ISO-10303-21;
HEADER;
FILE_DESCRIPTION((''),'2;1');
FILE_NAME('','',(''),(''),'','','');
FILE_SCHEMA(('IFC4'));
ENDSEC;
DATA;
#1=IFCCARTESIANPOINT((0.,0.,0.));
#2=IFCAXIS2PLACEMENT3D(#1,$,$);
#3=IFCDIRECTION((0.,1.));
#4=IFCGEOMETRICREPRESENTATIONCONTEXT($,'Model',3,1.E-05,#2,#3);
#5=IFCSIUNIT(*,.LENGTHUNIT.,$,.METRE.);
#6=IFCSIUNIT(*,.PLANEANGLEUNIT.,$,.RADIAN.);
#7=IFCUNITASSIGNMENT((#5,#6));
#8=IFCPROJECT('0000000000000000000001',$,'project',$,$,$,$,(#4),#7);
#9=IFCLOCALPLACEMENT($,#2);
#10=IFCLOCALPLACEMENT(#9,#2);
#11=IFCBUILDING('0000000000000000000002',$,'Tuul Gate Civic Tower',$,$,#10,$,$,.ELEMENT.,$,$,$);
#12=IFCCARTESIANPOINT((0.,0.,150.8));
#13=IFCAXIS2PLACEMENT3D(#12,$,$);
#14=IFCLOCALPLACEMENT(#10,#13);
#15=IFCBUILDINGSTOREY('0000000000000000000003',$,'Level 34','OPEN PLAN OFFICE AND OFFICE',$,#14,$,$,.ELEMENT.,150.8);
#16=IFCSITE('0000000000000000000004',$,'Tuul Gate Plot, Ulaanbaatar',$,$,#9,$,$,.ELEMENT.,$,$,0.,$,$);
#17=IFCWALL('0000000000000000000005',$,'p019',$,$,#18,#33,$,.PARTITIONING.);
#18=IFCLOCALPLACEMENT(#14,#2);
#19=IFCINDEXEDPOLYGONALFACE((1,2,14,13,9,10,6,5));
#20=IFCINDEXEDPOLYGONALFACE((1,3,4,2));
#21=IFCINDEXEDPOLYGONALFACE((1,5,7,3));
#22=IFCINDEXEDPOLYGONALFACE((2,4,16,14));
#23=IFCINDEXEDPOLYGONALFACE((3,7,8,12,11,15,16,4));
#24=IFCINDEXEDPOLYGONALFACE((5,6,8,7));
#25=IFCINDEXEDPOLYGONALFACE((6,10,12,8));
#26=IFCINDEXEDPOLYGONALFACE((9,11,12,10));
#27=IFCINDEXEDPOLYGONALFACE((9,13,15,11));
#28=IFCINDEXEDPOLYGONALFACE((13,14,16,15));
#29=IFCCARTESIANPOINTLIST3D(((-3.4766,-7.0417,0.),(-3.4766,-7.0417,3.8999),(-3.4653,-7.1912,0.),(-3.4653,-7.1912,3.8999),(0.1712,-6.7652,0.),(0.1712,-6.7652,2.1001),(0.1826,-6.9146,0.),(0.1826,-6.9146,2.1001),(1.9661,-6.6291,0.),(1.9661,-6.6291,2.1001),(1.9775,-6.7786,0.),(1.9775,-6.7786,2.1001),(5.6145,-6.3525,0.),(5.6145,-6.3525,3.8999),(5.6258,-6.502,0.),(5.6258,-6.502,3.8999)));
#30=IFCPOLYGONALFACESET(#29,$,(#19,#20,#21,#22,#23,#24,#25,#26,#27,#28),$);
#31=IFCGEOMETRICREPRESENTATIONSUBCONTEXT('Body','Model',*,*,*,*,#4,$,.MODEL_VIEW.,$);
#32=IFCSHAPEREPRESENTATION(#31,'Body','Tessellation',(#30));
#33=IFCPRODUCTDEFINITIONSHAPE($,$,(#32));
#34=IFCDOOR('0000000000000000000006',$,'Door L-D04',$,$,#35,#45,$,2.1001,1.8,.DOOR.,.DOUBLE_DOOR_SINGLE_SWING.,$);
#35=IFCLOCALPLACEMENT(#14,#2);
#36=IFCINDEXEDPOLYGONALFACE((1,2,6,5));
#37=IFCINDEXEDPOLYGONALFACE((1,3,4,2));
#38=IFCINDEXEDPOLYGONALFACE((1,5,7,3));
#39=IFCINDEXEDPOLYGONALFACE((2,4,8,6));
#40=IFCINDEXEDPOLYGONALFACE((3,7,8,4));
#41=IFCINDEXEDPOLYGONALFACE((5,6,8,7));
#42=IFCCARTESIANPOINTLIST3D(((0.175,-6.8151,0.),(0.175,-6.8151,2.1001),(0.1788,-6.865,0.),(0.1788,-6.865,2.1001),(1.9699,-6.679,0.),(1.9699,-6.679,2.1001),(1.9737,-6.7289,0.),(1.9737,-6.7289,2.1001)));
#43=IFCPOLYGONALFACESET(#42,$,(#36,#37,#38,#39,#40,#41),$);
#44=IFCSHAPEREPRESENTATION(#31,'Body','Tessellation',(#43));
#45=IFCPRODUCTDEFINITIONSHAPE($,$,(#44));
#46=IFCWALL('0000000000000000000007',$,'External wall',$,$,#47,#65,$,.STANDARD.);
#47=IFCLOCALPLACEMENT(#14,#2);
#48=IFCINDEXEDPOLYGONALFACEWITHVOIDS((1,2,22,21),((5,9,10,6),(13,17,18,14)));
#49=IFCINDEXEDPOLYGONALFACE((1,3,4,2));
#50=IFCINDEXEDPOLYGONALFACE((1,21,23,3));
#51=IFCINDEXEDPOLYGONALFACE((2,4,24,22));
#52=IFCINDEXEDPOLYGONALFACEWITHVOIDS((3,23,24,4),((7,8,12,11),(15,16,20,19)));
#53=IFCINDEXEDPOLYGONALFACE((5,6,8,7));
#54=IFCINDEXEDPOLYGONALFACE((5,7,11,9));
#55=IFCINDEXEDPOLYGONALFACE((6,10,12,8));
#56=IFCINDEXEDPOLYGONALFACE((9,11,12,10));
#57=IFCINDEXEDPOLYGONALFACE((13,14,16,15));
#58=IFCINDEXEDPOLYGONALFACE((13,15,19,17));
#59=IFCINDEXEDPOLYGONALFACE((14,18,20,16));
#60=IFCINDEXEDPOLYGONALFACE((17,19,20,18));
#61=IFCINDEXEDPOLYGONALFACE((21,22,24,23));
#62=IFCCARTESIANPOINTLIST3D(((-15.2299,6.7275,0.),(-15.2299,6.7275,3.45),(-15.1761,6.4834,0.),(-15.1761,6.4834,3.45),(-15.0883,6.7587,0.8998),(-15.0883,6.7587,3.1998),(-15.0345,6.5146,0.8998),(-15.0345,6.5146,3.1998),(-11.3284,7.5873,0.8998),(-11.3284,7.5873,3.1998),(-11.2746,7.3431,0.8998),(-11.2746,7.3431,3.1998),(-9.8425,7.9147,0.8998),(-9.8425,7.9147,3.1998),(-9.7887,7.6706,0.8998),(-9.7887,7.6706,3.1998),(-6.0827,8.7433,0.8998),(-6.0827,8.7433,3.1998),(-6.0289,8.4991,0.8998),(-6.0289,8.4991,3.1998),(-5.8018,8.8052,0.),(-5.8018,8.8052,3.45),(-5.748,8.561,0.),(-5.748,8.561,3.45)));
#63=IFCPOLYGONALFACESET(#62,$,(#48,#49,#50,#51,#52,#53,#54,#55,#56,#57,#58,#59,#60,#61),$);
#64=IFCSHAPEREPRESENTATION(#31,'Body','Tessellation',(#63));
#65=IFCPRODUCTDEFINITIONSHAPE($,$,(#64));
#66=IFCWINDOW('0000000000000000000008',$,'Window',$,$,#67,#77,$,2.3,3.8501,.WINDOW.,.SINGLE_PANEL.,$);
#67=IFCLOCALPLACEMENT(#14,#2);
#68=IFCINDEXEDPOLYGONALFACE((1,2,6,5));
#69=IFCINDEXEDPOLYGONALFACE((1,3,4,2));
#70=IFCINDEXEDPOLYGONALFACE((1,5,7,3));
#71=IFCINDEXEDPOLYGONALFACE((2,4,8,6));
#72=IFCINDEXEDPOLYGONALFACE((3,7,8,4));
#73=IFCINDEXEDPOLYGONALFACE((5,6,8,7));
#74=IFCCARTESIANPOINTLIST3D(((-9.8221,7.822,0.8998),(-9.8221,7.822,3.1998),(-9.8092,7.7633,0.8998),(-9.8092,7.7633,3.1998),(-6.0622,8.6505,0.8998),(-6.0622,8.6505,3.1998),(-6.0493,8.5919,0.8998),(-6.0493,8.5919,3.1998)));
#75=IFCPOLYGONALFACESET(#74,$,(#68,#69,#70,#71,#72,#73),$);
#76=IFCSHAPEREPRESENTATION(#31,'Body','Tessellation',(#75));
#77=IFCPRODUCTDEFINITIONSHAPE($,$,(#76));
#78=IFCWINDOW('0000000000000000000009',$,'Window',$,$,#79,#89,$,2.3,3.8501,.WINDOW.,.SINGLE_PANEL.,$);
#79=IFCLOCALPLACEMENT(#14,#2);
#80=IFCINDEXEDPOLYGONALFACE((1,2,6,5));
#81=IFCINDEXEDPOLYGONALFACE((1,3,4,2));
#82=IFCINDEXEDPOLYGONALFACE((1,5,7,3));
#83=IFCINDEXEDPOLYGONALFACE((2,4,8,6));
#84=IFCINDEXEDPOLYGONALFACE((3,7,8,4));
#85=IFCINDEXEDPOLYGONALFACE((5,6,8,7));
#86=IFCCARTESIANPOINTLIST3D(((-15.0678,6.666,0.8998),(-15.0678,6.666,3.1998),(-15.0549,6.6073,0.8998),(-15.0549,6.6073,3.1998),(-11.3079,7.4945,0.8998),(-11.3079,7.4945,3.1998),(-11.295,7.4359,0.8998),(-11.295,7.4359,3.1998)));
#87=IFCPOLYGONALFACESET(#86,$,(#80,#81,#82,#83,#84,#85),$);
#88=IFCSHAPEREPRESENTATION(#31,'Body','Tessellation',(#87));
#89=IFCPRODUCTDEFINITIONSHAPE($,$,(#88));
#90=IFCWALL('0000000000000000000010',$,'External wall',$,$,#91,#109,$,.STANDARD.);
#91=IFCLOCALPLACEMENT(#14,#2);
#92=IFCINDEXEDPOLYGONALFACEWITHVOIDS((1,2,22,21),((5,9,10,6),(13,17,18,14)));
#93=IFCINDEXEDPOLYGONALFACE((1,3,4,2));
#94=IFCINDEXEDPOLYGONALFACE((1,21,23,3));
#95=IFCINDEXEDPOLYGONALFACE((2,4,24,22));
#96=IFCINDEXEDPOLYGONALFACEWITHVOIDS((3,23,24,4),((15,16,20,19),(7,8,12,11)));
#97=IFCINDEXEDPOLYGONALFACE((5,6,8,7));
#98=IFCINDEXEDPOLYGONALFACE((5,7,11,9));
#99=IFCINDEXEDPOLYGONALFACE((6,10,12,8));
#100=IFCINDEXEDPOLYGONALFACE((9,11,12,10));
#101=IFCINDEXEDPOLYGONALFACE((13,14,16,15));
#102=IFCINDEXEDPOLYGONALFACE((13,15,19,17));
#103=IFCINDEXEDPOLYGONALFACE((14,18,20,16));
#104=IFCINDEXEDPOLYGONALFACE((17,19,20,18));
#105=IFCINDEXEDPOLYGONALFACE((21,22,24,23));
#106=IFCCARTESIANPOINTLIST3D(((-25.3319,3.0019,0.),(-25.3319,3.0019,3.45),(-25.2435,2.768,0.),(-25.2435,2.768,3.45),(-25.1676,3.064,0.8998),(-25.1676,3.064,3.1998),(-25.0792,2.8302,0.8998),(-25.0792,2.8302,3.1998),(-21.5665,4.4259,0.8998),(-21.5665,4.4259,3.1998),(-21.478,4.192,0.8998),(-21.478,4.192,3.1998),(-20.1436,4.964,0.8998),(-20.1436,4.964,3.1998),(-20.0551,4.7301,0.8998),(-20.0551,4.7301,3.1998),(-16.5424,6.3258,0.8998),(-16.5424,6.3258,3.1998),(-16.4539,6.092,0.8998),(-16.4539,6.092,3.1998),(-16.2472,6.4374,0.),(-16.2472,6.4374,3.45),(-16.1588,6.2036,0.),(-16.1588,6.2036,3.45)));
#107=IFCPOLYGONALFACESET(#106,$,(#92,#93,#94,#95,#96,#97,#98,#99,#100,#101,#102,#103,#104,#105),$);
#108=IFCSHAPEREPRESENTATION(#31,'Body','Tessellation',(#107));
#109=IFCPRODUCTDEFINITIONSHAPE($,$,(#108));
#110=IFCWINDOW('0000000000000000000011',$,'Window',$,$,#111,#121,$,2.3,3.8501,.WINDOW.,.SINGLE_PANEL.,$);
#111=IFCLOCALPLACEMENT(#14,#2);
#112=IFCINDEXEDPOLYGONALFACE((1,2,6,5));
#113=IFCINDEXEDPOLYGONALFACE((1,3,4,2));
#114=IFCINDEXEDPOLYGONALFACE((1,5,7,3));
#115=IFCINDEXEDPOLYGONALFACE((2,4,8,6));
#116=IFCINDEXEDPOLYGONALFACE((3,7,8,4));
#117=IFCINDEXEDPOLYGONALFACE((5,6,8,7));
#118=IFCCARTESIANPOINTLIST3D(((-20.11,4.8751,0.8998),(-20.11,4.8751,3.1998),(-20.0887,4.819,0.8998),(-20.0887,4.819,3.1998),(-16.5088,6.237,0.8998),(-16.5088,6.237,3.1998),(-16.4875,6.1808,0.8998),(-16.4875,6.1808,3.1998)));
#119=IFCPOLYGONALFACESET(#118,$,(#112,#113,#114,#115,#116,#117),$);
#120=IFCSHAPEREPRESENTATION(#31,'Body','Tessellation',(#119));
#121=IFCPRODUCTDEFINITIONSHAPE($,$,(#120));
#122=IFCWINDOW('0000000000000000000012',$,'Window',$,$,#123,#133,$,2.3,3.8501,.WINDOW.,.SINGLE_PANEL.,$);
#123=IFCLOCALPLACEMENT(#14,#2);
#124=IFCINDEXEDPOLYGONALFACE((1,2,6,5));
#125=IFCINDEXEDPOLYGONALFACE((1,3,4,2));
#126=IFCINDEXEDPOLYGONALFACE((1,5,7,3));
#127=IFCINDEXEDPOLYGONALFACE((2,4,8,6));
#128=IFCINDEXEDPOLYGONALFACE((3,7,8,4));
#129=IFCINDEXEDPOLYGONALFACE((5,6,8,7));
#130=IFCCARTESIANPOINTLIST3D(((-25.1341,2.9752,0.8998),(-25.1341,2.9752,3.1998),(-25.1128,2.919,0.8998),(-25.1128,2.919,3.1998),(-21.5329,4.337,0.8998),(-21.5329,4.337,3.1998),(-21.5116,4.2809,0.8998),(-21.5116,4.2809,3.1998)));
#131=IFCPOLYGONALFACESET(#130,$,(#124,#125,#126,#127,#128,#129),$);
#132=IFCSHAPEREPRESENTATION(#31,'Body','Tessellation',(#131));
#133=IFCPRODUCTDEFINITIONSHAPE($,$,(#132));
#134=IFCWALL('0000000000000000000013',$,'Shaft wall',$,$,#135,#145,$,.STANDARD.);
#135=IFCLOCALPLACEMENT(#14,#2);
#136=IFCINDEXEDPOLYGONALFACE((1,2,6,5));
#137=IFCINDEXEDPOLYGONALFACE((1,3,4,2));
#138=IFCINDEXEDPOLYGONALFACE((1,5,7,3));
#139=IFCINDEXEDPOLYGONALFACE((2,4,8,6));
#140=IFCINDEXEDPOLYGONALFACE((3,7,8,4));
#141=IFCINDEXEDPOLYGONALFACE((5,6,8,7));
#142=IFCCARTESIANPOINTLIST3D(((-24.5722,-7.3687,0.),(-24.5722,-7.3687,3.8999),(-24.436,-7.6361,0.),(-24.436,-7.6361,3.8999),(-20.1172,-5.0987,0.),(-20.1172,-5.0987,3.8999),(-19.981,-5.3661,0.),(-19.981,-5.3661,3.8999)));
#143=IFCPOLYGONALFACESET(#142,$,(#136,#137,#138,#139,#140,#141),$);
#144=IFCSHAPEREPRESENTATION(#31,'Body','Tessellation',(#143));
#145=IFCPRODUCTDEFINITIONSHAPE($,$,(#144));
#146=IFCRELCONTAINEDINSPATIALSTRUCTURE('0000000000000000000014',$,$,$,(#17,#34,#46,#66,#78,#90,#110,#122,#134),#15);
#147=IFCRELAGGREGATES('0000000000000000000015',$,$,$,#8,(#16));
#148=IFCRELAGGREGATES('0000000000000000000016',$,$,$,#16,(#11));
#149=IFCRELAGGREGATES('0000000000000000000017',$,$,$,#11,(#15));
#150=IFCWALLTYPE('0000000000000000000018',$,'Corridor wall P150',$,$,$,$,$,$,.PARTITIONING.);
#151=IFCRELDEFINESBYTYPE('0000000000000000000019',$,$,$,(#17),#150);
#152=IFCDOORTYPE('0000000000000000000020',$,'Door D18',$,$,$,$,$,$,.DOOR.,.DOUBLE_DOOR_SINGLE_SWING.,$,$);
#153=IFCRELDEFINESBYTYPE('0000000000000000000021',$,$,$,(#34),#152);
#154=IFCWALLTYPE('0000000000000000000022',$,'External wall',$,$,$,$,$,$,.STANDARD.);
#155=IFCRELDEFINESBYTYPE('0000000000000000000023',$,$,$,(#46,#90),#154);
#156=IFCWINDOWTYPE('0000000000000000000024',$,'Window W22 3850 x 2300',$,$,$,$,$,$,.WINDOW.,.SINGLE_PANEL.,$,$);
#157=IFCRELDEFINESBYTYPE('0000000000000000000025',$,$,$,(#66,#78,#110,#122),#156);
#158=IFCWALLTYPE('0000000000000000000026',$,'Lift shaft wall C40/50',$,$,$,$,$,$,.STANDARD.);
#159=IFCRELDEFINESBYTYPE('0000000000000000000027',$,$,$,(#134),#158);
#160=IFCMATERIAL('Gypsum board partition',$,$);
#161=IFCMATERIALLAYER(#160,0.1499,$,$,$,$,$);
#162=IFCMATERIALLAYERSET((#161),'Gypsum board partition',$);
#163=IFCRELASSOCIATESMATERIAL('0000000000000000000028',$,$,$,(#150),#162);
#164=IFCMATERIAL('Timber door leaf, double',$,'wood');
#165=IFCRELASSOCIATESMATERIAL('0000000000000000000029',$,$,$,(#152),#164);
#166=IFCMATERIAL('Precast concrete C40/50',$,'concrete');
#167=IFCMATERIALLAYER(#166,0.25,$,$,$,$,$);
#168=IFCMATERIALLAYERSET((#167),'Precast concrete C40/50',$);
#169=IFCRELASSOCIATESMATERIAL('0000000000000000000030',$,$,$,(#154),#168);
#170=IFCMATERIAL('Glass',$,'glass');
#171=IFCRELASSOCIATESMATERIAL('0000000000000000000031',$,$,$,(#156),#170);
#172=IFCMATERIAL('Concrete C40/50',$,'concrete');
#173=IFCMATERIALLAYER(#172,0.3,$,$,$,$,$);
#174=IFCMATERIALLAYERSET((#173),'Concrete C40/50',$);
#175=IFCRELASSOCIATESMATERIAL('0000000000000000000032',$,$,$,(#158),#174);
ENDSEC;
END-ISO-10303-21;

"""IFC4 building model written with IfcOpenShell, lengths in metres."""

from ifc_helpers import new_model, si_unit, direction, frame, frame_2d, origin, place, context, subcontext, project, spatial, rectangle, extrude, material, layer, layer_set, type_object, element, fill, save


model = new_model("IFC4")

# Units and contexts
model_context = context("Model", 3, precision=1e-05, world=origin(), true_north=direction((0.0, 1.0)))
body_context = subcontext(model_context, "Body", "Model", "MODEL_VIEW")
ifc_project = project(units=[si_unit("LENGTHUNIT", "METRE"), si_unit("PLANEANGLEUNIT", "RADIAN")], contexts=[model_context])

# Site, building, storey
site_placement = place(None, origin())
site = spatial("IfcSite", under=ifc_project, at=site_placement, Name="Tuul Gate Plot, Ulaanbaatar", CompositionType="ELEMENT", RefElevation=0.0)
building_placement = place(site_placement, origin())
building = spatial("IfcBuilding", under=site, at=building_placement, Name="Tuul Gate Civic Tower", CompositionType="ELEMENT")
storey_placement = place(building_placement, frame((0.0, 0.0, 150.8)))
storey = spatial("IfcBuildingStorey", under=building, at=storey_placement, Name="Level 34", Description="OPEN PLAN OFFICE AND OFFICE", CompositionType="ELEMENT", Elevation=150.8)

# Wall, opening, door
ifc_material_1 = material(Name="Gypsum board partition")
ifc_layer_1 = layer(ifc_material_1, 0.1499)
ifc_layer_set_1 = layer_set([ifc_layer_1], Name="Gypsum board partition")
wall_type_1 = type_object("IfcWallType", Name="Corridor wall P150", PredefinedType="PARTITIONING", material=ifc_layer_set_1)
wall_1_placement = place(storey_placement, frame((-3.4709, -7.1165, 0.0), z_axis=(0.0, 0.0, 1.0), x_axis=(0.997139, 0.075595, 0.0)))
wall_1 = element("IfcWall", 1, at=wall_1_placement, inside=storey, type_object=wall_type_1, Name="p019", PredefinedType="PARTITIONING", context=body_context, shape_type="SweptSolid", body=[
    extrude(rectangle(XDim=9.1172, YDim=0.1499, at=frame_2d((4.5586, 0.0))), origin(), (0.0, 0.0, 1.0), 3.8999),
])
opening_1_placement = place(wall_1_placement, frame((3.6584, 0.0, 0.0)))
opening_1 = element("IfcOpeningElement", 2, at=opening_1_placement, cuts=wall_1, PredefinedType="OPENING", context=body_context, shape_type="SweptSolid", body=[
    extrude(rectangle(XDim=1.8, YDim=2.1001, at=frame_2d((0.8999, 1.05))), frame((0.0, 0.085, 0.0), z_axis=(0.0, -1.0, 0.0), x_axis=(1.0, 0.0, 0.0)), (0.0, 0.0, 1.0), 0.1699),
])
ifc_material_2 = material(Name="Timber door leaf, double", Category="wood")
door_type_1 = type_object("IfcDoorType", Name="Door D18", OperationType="DOUBLE_DOOR_SINGLE_SWING", PredefinedType="DOOR", material=ifc_material_2)
door_1_placement = place(opening_1_placement, origin())
door_1 = element("IfcDoor", 3, at=door_1_placement, inside=storey, type_object=door_type_1, Name="Door L-D04", OperationType="DOUBLE_DOOR_SINGLE_SWING", OverallHeight=2.1001, OverallWidth=1.8, PredefinedType="DOOR", context=body_context, shape_type="SweptSolid", body=[
    extrude(rectangle(XDim=1.8, YDim=2.1001, at=frame_2d((0.8999, 1.05))), frame((0.0, 0.0249, 0.0), z_axis=(0.0, -1.0, 0.0), x_axis=(1.0, 0.0, 0.0)), (0.0, 0.0, 1.0), 0.05),
])
fill(opening_1, door_1)

# Walls, openings, windows
ifc_material_3 = material(Name="Precast concrete C40/50", Category="concrete")
ifc_layer_2 = layer(ifc_material_3, 0.25)
ifc_layer_set_2 = layer_set([ifc_layer_2], Name="Precast concrete C40/50")
wall_type_2 = type_object("IfcWallType", Name="External wall", PredefinedType="STANDARD", material=ifc_layer_set_2)
wall_2_placement = place(storey_placement, frame((-5.7749, 8.6831, 0.0), z_axis=(0.0, 0.0, 1.0), x_axis=(-0.976569, -0.215206, 0.0)))
wall_2 = element("IfcWall", 4, at=wall_2_placement, inside=storey, type_object=wall_type_2, Name="External wall", PredefinedType="STANDARD", context=body_context, shape_type="SweptSolid", body=[
    extrude(rectangle(XDim=9.6543, YDim=0.25, at=frame_2d((4.8271, 0.0))), origin(), (0.0, 0.0, 1.0), 3.45),
])
opening_2_placement = place(wall_2_placement, frame((0.2876, 0.0, 0.8999)))
opening_2 = element("IfcOpeningElement", 5, at=opening_2_placement, cuts=wall_2, PredefinedType="OPENING", context=body_context, shape_type="SweptSolid", body=[
    extrude(rectangle(XDim=3.8501, YDim=2.3, at=frame_2d((1.925, 1.1499))), frame((0.0, 0.135, 0.0), z_axis=(0.0, -1.0, 0.0), x_axis=(1.0, 0.0, 0.0)), (0.0, 0.0, 1.0), 0.27),
])
opening_3_placement = place(wall_2_placement, frame((5.6592, 0.0, 0.8999)))
opening_3 = element("IfcOpeningElement", 6, at=opening_3_placement, cuts=wall_2, PredefinedType="OPENING", context=body_context, shape_type="SweptSolid", body=[
    extrude(rectangle(XDim=3.8501, YDim=2.3, at=frame_2d((1.925, 1.1499))), frame((0.0, 0.135, 0.0), z_axis=(0.0, -1.0, 0.0), x_axis=(1.0, 0.0, 0.0)), (0.0, 0.0, 1.0), 0.27),
])
ifc_material_4 = material(Name="Glass", Category="glass")
window_type = type_object("IfcWindowType", Name="Window W22 3850 x 2300", PartitioningType="SINGLE_PANEL", PredefinedType="WINDOW", material=ifc_material_4)
window_1_placement = place(opening_2_placement, origin())
window_1 = element("IfcWindow", 7, at=window_1_placement, inside=storey, type_object=window_type, Name="Window", OverallHeight=2.3, OverallWidth=3.8501, PartitioningType="SINGLE_PANEL", PredefinedType="WINDOW", context=body_context, shape_type="SweptSolid", body=[
    extrude(rectangle(XDim=3.8501, YDim=2.3, at=frame_2d((1.925, 1.1499))), frame((0.0, 0.03, 0.0), z_axis=(0.0, -1.0, 0.0), x_axis=(1.0, 0.0, 0.0)), (0.0, 0.0, 1.0), 0.0601),
])
fill(opening_2, window_1)
window_2_placement = place(opening_3_placement, origin())
window_2 = element("IfcWindow", 8, at=window_2_placement, inside=storey, type_object=window_type, Name="Window", OverallHeight=2.3, OverallWidth=3.8501, PartitioningType="SINGLE_PANEL", PredefinedType="WINDOW", context=body_context, shape_type="SweptSolid", body=[
    extrude(rectangle(XDim=3.8501, YDim=2.3, at=frame_2d((1.925, 1.1499))), frame((0.0, 0.03, 0.0), z_axis=(0.0, -1.0, 0.0), x_axis=(1.0, 0.0, 0.0)), (0.0, 0.0, 1.0), 0.0601),
])
fill(opening_3, window_2)
wall_3_placement = place(storey_placement, frame((-16.2029, 6.3206, 0.0), z_axis=(0.0, 0.0, 1.0), x_axis=(-0.935351, -0.35372, 0.0)))
wall_3 = element("IfcWall", 9, at=wall_3_placement, inside=storey, type_object=wall_type_2, Name="External wall", PredefinedType="STANDARD", context=body_context, shape_type="SweptSolid", body=[
    extrude(rectangle(XDim=9.7126, YDim=0.25, at=frame_2d((4.8564, 0.0))), origin(), (0.0, 0.0, 1.0), 3.45),
])
opening_4_placement = place(wall_3_placement, frame((0.3157, 0.0, 0.8999)))
opening_4 = element("IfcOpeningElement", 10, at=opening_4_placement, cuts=wall_3, PredefinedType="OPENING", context=body_context, shape_type="SweptSolid", body=[
    extrude(rectangle(XDim=3.8501, YDim=2.3, at=frame_2d((1.925, 1.1499))), frame((0.0, 0.135, 0.0), z_axis=(0.0, -1.0, 0.0), x_axis=(1.0, 0.0, 0.0)), (0.0, 0.0, 1.0), 0.27),
])
opening_5_placement = place(wall_3_placement, frame((5.687, 0.0, 0.8999)))
opening_5 = element("IfcOpeningElement", 11, at=opening_5_placement, cuts=wall_3, PredefinedType="OPENING", context=body_context, shape_type="SweptSolid", body=[
    extrude(rectangle(XDim=3.8501, YDim=2.3, at=frame_2d((1.925, 1.1499))), frame((0.0, 0.135, 0.0), z_axis=(0.0, -1.0, 0.0), x_axis=(1.0, 0.0, 0.0)), (0.0, 0.0, 1.0), 0.27),
])
window_3_placement = place(opening_4_placement, origin())
window_3 = element("IfcWindow", 12, at=window_3_placement, inside=storey, type_object=window_type, Name="Window", OverallHeight=2.3, OverallWidth=3.8501, PartitioningType="SINGLE_PANEL", PredefinedType="WINDOW", context=body_context, shape_type="SweptSolid", body=[
    extrude(rectangle(XDim=3.8501, YDim=2.3, at=frame_2d((1.925, 1.1499))), frame((0.0, 0.03, 0.0), z_axis=(0.0, -1.0, 0.0), x_axis=(1.0, 0.0, 0.0)), (0.0, 0.0, 1.0), 0.0601),
])
fill(opening_4, window_3)
window_4_placement = place(opening_5_placement, origin())
window_4 = element("IfcWindow", 13, at=window_4_placement, inside=storey, type_object=window_type, Name="Window", OverallHeight=2.3, OverallWidth=3.8501, PartitioningType="SINGLE_PANEL", PredefinedType="WINDOW", context=body_context, shape_type="SweptSolid", body=[
    extrude(rectangle(XDim=3.8501, YDim=2.3, at=frame_2d((1.925, 1.1499))), frame((0.0, 0.03, 0.0), z_axis=(0.0, -1.0, 0.0), x_axis=(1.0, 0.0, 0.0)), (0.0, 0.0, 1.0), 0.0601),
])
fill(opening_5, window_4)

# Wall
ifc_material_5 = material(Name="Concrete C40/50", Category="concrete")
ifc_layer_3 = layer(ifc_material_5, 0.3)
ifc_layer_set_3 = layer_set([ifc_layer_3], Name="Concrete C40/50")
wall_type_3 = type_object("IfcWallType", Name="Lift shaft wall C40/50", PredefinedType="STANDARD", material=ifc_layer_set_3)
wall_4_placement = place(storey_placement, frame((-20.0491, -5.2324, 0.0), z_axis=(0.0, 0.0, 1.0), x_axis=(-0.891003, -0.453997, 0.0)))
element("IfcWall", 14, at=wall_4_placement, inside=storey, type_object=wall_type_3, Name="Shaft wall", PredefinedType="STANDARD", context=body_context, shape_type="SweptSolid", body=[
    extrude(rectangle(XDim=5.0, YDim=0.3, at=frame_2d((2.5, 0.0))), origin(), (0.0, 0.0, 1.0), 3.8999),
])

save(model, "model.ifc")
